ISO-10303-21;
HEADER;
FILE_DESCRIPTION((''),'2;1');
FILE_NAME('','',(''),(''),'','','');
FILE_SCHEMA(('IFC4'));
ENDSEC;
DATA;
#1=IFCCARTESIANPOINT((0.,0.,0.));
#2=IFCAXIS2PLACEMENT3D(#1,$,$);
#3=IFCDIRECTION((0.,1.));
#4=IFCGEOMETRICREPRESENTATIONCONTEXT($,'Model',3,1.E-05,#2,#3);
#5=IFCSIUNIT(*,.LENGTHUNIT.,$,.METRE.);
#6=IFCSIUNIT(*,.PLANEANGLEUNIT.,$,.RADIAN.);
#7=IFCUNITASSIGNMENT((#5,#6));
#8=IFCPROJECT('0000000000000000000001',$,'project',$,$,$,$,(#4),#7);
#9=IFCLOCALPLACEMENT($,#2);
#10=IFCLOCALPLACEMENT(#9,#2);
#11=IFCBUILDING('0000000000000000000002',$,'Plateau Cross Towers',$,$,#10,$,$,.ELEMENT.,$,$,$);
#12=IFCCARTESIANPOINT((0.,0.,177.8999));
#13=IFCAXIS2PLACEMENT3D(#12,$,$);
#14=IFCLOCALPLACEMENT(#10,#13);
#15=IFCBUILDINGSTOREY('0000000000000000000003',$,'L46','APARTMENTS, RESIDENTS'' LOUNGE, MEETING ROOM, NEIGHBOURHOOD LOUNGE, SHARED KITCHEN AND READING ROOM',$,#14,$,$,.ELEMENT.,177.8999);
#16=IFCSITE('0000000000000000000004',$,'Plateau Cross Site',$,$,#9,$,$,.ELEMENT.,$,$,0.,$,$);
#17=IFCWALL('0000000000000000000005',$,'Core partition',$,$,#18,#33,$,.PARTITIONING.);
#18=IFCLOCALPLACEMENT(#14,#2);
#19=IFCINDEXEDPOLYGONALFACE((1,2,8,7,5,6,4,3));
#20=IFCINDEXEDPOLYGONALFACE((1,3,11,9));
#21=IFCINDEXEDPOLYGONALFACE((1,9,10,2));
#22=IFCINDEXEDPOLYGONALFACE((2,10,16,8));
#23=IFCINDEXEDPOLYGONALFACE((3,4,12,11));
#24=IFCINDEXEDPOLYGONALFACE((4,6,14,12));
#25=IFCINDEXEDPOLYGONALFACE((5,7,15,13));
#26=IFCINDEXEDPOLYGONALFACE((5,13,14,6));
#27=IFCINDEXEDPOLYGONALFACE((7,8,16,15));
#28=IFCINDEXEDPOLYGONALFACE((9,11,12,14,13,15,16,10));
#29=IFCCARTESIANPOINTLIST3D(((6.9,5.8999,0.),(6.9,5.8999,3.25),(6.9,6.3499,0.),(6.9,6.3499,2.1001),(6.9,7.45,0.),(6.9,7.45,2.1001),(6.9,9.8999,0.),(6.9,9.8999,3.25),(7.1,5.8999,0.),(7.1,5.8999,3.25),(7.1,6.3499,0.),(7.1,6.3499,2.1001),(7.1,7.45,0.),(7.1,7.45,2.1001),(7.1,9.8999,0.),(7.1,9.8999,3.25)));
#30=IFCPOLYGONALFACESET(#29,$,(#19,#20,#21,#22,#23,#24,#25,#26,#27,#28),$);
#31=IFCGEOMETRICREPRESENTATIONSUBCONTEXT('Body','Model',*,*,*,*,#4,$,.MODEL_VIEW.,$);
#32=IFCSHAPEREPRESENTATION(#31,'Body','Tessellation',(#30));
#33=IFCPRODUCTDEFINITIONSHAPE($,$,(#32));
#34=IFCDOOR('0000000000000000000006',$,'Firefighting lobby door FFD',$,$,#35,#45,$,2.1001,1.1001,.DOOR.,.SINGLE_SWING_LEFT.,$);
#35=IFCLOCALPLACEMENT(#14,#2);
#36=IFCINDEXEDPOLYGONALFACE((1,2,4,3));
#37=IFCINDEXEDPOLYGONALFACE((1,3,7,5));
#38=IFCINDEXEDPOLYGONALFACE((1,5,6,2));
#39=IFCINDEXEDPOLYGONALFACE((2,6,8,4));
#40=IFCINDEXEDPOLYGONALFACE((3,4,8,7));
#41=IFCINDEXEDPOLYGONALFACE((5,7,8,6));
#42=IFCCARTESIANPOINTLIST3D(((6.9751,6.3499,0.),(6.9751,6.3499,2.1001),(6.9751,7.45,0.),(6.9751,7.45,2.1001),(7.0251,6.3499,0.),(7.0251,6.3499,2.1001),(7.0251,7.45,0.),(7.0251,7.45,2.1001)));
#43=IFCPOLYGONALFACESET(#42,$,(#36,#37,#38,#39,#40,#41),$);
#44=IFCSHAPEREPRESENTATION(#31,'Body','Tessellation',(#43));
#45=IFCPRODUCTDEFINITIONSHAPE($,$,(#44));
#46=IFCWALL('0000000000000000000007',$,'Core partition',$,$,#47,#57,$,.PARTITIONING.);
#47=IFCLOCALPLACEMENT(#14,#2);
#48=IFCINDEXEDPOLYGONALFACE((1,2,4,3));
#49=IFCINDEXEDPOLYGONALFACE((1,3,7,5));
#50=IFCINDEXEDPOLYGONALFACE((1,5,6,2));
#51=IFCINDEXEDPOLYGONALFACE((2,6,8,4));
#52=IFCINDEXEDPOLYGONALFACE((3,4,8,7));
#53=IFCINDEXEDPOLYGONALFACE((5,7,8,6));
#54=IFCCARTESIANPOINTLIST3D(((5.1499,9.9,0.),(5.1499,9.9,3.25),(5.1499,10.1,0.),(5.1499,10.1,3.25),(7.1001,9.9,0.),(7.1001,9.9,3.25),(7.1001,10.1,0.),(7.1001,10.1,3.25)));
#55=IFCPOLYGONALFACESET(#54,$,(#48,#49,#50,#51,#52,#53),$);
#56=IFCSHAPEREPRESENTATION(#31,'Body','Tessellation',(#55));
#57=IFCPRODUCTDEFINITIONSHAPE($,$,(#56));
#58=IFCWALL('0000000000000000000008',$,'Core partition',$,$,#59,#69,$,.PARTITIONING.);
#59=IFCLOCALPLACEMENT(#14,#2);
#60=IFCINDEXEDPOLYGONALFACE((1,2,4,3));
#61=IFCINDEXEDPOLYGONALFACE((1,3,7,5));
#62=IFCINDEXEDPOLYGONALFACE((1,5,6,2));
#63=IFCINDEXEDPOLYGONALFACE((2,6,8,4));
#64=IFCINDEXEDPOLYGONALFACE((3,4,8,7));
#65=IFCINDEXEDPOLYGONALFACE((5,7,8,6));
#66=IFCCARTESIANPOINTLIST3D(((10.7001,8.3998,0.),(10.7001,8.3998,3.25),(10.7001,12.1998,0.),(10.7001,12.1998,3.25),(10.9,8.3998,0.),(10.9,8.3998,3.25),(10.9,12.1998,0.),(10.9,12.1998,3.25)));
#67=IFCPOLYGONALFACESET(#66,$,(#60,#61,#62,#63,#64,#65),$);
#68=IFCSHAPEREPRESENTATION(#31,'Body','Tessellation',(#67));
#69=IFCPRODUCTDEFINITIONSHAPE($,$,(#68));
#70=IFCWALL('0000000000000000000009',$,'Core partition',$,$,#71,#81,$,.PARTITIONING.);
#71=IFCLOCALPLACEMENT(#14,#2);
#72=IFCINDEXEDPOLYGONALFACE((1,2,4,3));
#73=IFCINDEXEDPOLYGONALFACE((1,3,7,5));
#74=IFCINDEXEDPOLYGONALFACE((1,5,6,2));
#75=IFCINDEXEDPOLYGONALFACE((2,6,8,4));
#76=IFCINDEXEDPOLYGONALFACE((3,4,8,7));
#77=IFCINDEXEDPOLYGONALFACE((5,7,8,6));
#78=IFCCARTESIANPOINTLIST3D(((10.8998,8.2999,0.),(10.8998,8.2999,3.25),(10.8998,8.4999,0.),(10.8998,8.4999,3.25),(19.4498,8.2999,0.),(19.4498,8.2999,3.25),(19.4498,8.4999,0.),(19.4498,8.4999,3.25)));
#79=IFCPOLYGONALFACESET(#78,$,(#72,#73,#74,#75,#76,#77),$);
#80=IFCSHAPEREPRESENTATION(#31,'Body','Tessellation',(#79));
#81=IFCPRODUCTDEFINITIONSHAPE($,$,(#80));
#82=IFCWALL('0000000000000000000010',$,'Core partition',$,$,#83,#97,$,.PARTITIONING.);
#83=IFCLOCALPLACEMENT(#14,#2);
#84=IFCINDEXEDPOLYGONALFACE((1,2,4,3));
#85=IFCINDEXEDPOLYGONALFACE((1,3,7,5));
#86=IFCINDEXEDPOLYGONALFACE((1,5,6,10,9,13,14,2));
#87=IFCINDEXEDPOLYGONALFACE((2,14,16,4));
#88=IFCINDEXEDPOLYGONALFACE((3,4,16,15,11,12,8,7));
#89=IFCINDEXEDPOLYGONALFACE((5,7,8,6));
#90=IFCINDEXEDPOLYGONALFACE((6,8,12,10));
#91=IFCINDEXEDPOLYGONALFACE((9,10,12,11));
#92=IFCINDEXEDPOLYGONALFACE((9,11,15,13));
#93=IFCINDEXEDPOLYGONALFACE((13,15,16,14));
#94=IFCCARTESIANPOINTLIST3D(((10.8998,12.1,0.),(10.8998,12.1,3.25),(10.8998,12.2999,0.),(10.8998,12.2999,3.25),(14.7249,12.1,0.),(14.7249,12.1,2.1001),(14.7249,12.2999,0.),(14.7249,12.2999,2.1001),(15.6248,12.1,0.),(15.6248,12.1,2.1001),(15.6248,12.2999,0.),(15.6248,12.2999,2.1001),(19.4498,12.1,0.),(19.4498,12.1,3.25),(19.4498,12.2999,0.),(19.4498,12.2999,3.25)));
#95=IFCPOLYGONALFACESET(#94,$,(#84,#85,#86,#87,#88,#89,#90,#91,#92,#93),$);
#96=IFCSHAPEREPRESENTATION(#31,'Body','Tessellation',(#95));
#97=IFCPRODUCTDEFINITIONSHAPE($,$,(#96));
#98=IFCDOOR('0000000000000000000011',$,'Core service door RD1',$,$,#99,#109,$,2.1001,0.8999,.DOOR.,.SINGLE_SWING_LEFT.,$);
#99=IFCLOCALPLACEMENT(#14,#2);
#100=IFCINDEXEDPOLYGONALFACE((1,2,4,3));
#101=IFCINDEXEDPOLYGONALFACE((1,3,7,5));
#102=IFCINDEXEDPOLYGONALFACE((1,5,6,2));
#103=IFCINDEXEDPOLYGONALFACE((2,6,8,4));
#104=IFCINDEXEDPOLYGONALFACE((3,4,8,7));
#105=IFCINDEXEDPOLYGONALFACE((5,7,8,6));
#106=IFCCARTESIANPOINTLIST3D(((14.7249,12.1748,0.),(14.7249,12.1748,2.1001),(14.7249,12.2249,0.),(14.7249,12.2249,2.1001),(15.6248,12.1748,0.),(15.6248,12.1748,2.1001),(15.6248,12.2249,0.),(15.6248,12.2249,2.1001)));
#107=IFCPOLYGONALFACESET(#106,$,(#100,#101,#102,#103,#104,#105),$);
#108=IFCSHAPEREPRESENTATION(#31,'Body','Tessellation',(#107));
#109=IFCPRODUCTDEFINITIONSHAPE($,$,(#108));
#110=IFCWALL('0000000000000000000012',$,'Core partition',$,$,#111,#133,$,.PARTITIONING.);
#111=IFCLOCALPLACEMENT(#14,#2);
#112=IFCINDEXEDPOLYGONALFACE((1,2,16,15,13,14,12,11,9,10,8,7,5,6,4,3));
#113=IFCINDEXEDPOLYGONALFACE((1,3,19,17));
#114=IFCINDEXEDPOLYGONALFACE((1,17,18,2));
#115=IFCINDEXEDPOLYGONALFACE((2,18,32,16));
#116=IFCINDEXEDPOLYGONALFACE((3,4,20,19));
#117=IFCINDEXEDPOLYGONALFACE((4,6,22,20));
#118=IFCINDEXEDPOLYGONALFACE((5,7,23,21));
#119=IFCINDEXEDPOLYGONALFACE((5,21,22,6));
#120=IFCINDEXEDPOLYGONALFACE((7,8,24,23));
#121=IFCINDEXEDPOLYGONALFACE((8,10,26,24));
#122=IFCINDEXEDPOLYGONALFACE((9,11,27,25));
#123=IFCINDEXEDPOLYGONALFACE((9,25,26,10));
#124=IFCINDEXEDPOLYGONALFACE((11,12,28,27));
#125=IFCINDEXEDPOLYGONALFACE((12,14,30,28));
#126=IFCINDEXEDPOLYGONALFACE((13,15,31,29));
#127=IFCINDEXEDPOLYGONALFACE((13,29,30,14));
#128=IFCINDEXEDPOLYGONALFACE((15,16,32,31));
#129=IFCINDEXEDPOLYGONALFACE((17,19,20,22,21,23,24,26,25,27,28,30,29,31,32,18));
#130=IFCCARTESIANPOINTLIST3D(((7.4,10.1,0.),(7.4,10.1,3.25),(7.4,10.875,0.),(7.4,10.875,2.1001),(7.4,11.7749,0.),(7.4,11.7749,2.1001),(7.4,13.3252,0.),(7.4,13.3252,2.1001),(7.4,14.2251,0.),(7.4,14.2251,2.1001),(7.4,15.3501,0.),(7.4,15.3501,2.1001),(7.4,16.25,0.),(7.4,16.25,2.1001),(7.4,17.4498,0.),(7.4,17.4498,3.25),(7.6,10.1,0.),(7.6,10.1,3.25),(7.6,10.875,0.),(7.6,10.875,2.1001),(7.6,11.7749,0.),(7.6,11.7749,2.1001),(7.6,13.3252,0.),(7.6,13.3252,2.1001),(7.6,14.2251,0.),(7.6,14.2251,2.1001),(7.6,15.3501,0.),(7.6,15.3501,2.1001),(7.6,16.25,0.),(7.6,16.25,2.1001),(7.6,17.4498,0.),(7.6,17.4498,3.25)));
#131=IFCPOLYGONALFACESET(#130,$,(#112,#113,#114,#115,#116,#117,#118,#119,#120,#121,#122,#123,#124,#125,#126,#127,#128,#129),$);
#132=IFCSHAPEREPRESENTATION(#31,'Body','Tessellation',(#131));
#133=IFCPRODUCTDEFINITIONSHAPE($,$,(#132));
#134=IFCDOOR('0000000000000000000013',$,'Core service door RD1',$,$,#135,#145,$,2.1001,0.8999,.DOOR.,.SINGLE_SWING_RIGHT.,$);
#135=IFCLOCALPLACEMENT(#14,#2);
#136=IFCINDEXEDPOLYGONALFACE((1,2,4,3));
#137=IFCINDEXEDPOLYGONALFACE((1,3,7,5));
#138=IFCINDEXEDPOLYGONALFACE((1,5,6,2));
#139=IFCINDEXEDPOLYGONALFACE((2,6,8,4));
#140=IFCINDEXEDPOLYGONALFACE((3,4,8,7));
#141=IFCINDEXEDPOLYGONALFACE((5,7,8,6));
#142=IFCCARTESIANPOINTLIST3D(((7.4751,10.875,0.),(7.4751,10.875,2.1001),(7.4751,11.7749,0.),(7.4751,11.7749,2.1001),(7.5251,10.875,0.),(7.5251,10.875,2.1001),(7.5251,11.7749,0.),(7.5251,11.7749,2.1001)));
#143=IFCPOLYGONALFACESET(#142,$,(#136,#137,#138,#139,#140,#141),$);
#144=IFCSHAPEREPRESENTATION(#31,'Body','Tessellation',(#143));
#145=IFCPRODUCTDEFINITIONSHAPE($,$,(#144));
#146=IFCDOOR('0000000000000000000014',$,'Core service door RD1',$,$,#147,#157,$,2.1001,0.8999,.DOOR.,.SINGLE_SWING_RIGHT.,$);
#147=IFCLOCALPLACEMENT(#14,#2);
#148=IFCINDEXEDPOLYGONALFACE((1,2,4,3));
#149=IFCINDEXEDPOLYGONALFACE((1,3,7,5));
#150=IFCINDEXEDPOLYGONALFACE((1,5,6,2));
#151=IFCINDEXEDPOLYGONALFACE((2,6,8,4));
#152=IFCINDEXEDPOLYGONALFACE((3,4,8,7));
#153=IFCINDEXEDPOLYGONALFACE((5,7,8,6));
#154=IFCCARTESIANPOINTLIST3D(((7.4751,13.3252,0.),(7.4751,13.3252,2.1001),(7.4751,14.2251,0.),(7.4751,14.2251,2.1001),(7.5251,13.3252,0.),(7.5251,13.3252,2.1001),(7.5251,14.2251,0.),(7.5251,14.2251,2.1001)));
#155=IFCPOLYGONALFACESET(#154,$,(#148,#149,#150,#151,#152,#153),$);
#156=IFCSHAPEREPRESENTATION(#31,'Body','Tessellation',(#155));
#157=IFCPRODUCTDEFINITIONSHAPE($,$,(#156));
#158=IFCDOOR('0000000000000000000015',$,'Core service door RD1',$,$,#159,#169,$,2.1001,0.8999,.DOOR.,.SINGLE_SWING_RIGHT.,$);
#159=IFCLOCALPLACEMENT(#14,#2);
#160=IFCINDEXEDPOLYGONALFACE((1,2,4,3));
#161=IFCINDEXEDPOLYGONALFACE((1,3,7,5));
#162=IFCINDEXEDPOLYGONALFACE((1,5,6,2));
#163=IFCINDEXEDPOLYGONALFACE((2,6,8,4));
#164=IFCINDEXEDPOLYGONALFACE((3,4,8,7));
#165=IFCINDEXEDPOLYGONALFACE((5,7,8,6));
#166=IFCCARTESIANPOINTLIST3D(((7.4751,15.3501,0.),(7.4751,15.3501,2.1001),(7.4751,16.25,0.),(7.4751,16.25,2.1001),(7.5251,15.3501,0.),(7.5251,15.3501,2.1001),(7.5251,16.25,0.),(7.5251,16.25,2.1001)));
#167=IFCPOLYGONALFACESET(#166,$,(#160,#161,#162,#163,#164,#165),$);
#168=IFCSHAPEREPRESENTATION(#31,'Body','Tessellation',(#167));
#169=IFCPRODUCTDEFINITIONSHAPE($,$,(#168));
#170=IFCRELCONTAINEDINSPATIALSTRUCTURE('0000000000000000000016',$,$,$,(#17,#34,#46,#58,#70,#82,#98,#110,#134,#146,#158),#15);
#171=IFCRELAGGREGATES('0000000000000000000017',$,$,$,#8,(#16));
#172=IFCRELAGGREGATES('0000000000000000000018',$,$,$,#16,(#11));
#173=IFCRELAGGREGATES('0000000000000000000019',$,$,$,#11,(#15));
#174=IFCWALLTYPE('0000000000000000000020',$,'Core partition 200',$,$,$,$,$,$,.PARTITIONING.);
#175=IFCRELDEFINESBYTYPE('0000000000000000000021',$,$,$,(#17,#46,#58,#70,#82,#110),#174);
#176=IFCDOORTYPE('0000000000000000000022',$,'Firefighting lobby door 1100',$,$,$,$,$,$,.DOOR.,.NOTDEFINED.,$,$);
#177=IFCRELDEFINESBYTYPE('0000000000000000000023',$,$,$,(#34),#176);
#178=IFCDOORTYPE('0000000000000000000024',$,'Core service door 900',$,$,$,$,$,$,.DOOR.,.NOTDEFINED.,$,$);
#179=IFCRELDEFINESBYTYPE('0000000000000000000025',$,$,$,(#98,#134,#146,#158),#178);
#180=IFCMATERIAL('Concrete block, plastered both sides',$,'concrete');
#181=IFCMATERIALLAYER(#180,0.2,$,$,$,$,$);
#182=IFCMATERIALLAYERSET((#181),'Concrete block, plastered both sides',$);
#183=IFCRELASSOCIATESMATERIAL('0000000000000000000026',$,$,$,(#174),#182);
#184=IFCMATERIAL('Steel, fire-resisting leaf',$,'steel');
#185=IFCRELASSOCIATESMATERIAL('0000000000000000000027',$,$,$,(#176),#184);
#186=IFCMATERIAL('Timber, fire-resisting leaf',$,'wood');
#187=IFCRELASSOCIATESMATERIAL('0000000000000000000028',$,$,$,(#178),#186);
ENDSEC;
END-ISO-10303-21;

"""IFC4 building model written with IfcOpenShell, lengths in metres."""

from ifc_helpers import new_model, si_unit, direction, frame, frame_2d, origin, place, context, subcontext, project, spatial, rectangle, extrude, material, layer, layer_set, type_object, element, fill, save


model = new_model("IFC4")

# Units and contexts
model_context = context("Model", 3, precision=1e-05, world=origin(), true_north=direction((0.0, 1.0)))
body_context = subcontext(model_context, "Body", "Model", "MODEL_VIEW")
ifc_project = project(units=[si_unit("LENGTHUNIT", "METRE"), si_unit("PLANEANGLEUNIT", "RADIAN")], contexts=[model_context])

# Site, building, storey
site_placement = place(None, origin())
site = spatial("IfcSite", under=ifc_project, at=site_placement, Name="Plateau Cross Site", CompositionType="ELEMENT", RefElevation=0.0)
building_placement = place(site_placement, origin())
building = spatial("IfcBuilding", under=site, at=building_placement, Name="Plateau Cross Towers", CompositionType="ELEMENT")
storey_placement = place(building_placement, frame((0.0, 0.0, 177.8999)))
storey = spatial("IfcBuildingStorey", under=building, at=storey_placement, Name="L46", Description="APARTMENTS, RESIDENTS' LOUNGE, MEETING ROOM, NEIGHBOURHOOD LOUNGE, SHARED KITCHEN AND READING ROOM", CompositionType="ELEMENT", Elevation=177.8999)

# Wall, opening, door
ifc_material_1 = material(Name="Concrete block, plastered both sides", Category="concrete")
ifc_layer_1 = layer(ifc_material_1, 0.2)
ifc_layer_set_1 = layer_set([ifc_layer_1], Name="Concrete block, plastered both sides")
wall_type_1 = type_object("IfcWallType", Name="Core partition 200", PredefinedType="PARTITIONING", material=ifc_layer_set_1)
wall_1_placement = place(storey_placement, frame((7.0, 5.8999, 0.0), z_axis=(0.0, 0.0, 1.0), x_axis=(0.0, 1.0, 0.0)))
wall_1 = element("IfcWall", 1, at=wall_1_placement, inside=storey, type_object=wall_type_1, Name="Core partition", PredefinedType="PARTITIONING", context=body_context, shape_type="SweptSolid", body=[
    extrude(rectangle(XDim=4.0, YDim=0.2, at=frame_2d((2.0, 0.0))), origin(), (0.0, 0.0, 1.0), 3.25),
])
opening_1_placement = place(wall_1_placement, frame((0.45, 0.0, 0.0)))
opening_1 = element("IfcOpeningElement", 2, at=opening_1_placement, cuts=wall_1, PredefinedType="OPENING", context=body_context, shape_type="SweptSolid", body=[
    extrude(rectangle(XDim=1.1001, YDim=2.1001, at=frame_2d((0.55, 1.05))), frame((0.0, 0.1099, 0.0), z_axis=(0.0, -1.0, 0.0), x_axis=(1.0, 0.0, 0.0)), (0.0, 0.0, 1.0), 0.22),
])
ifc_material_2 = material(Name="Steel, fire-resisting leaf", Category="steel")
door_type_1 = type_object("IfcDoorType", Name="Firefighting lobby door 1100", OperationType="NOTDEFINED", PredefinedType="DOOR", material=ifc_material_2)
door_1_placement = place(opening_1_placement, origin())
door_1 = element("IfcDoor", 3, at=door_1_placement, inside=storey, type_object=door_type_1, Name="Firefighting lobby door FFD", OperationType="SINGLE_SWING_LEFT", OverallHeight=2.1001, OverallWidth=1.1001, PredefinedType="DOOR", context=body_context, shape_type="SweptSolid", body=[
    extrude(rectangle(XDim=1.1001, YDim=2.1001, at=frame_2d((0.55, 1.05))), frame((0.0, 0.0249, 0.0), z_axis=(0.0, -1.0, 0.0), x_axis=(1.0, 0.0, 0.0)), (0.0, 0.0, 1.0), 0.05),
])
fill(opening_1, door_1)

# Walls
wall_2_placement = place(storey_placement, frame((5.1499, 10.0, 0.0), z_axis=(0.0, 0.0, 1.0), x_axis=(1.0, 0.0, 0.0)))
element("IfcWall", 4, at=wall_2_placement, inside=storey, type_object=wall_type_1, Name="Core partition", PredefinedType="PARTITIONING", context=body_context, shape_type="SweptSolid", body=[
    extrude(rectangle(XDim=1.9502, YDim=0.2, at=frame_2d((0.9751, 0.0))), origin(), (0.0, 0.0, 1.0), 3.25),
])
wall_3_placement = place(storey_placement, frame((10.8, 8.3999, 0.0), z_axis=(0.0, 0.0, 1.0), x_axis=(0.0, 1.0, 0.0)))
element("IfcWall", 5, at=wall_3_placement, inside=storey, type_object=wall_type_1, Name="Core partition", PredefinedType="PARTITIONING", context=body_context, shape_type="SweptSolid", body=[
    extrude(rectangle(XDim=3.8, YDim=0.2, at=frame_2d((1.8999, 0.0))), origin(), (0.0, 0.0, 1.0), 3.25),
])
wall_4_placement = place(storey_placement, frame((10.8999, 8.3999, 0.0), z_axis=(0.0, 0.0, 1.0), x_axis=(1.0, 0.0, 0.0)))
element("IfcWall", 6, at=wall_4_placement, inside=storey, type_object=wall_type_1, Name="Core partition", PredefinedType="PARTITIONING", context=body_context, shape_type="SweptSolid", body=[
    extrude(rectangle(XDim=8.55, YDim=0.2, at=frame_2d((4.2749, 0.0))), origin(), (0.0, 0.0, 1.0), 3.25),
])

# Wall, opening, door
wall_5_placement = place(storey_placement, frame((10.8999, 12.2, 0.0), z_axis=(0.0, 0.0, 1.0), x_axis=(1.0, 0.0, 0.0)))
wall_5 = element("IfcWall", 7, at=wall_5_placement, inside=storey, type_object=wall_type_1, Name="Core partition", PredefinedType="PARTITIONING", context=body_context, shape_type="SweptSolid", body=[
    extrude(rectangle(XDim=8.55, YDim=0.2, at=frame_2d((4.2749, 0.0))), origin(), (0.0, 0.0, 1.0), 3.25),
])
opening_2_placement = place(wall_5_placement, frame((3.825, 0.0, 0.0)))
opening_2 = element("IfcOpeningElement", 8, at=opening_2_placement, cuts=wall_5, PredefinedType="OPENING", context=body_context, shape_type="SweptSolid", body=[
    extrude(rectangle(XDim=0.8999, YDim=2.1001, at=frame_2d((0.45, 1.05))), frame((0.0, 0.1099, 0.0), z_axis=(0.0, -1.0, 0.0), x_axis=(1.0, 0.0, 0.0)), (0.0, 0.0, 1.0), 0.22),
])
ifc_material_3 = material(Name="Timber, fire-resisting leaf", Category="wood")
door_type_2 = type_object("IfcDoorType", Name="Core service door 900", OperationType="NOTDEFINED", PredefinedType="DOOR", material=ifc_material_3)
door_2_placement = place(opening_2_placement, origin())
door_2 = element("IfcDoor", 9, at=door_2_placement, inside=storey, type_object=door_type_2, Name="Core service door RD1", OperationType="SINGLE_SWING_LEFT", OverallHeight=2.1001, OverallWidth=0.8999, PredefinedType="DOOR", context=body_context, shape_type="SweptSolid", body=[
    extrude(rectangle(XDim=0.8999, YDim=2.1001, at=frame_2d((0.45, 1.05))), frame((0.0, 0.0249, 0.0), z_axis=(0.0, -1.0, 0.0), x_axis=(1.0, 0.0, 0.0)), (0.0, 0.0, 1.0), 0.05),
])
fill(opening_2, door_2)

# Wall, openings, doors
wall_6_placement = place(storey_placement, frame((7.5, 10.1001, 0.0), z_axis=(0.0, 0.0, 1.0), x_axis=(0.0, 1.0, 0.0)))
wall_6 = element("IfcWall", 10, at=wall_6_placement, inside=storey, type_object=wall_type_1, Name="Core partition", PredefinedType="PARTITIONING", context=body_context, shape_type="SweptSolid", body=[
    extrude(rectangle(XDim=7.3499, YDim=0.2, at=frame_2d((3.6748, 0.0))), origin(), (0.0, 0.0, 1.0), 3.25),
])
opening_3_placement = place(wall_6_placement, frame((0.7749, 0.0, 0.0)))
opening_3 = element("IfcOpeningElement", 11, at=opening_3_placement, cuts=wall_6, PredefinedType="OPENING", context=body_context, shape_type="SweptSolid", body=[
    extrude(rectangle(XDim=0.8999, YDim=2.1001, at=frame_2d((0.45, 1.05))), frame((0.0, 0.1099, 0.0), z_axis=(0.0, -1.0, 0.0), x_axis=(1.0, 0.0, 0.0)), (0.0, 0.0, 1.0), 0.22),
])
opening_4_placement = place(wall_6_placement, frame((3.2251, 0.0, 0.0)))
opening_4 = element("IfcOpeningElement", 12, at=opening_4_placement, cuts=wall_6, PredefinedType="OPENING", context=body_context, shape_type="SweptSolid", body=[
    extrude(rectangle(XDim=0.8999, YDim=2.1001, at=frame_2d((0.45, 1.05))), frame((0.0, 0.1099, 0.0), z_axis=(0.0, -1.0, 0.0), x_axis=(1.0, 0.0, 0.0)), (0.0, 0.0, 1.0), 0.22),
])
opening_5_placement = place(wall_6_placement, frame((5.25, 0.0, 0.0)))
opening_5 = element("IfcOpeningElement", 13, at=opening_5_placement, cuts=wall_6, PredefinedType="OPENING", context=body_context, shape_type="SweptSolid", body=[
    extrude(rectangle(XDim=0.8999, YDim=2.1001, at=frame_2d((0.45, 1.05))), frame((0.0, 0.1099, 0.0), z_axis=(0.0, -1.0, 0.0), x_axis=(1.0, 0.0, 0.0)), (0.0, 0.0, 1.0), 0.22),
])
door_3_placement = place(opening_3_placement, origin())
door_3 = element("IfcDoor", 14, at=door_3_placement, inside=storey, type_object=door_type_2, Name="Core service door RD1", OperationType="SINGLE_SWING_RIGHT", OverallHeight=2.1001, OverallWidth=0.8999, PredefinedType="DOOR", context=body_context, shape_type="SweptSolid", body=[
    extrude(rectangle(XDim=0.8999, YDim=2.1001, at=frame_2d((0.45, 1.05))), frame((0.0, 0.0249, 0.0), z_axis=(0.0, -1.0, 0.0), x_axis=(1.0, 0.0, 0.0)), (0.0, 0.0, 1.0), 0.05),
])
fill(opening_3, door_3)
door_4_placement = place(opening_4_placement, origin())
door_4 = element("IfcDoor", 15, at=door_4_placement, inside=storey, type_object=door_type_2, Name="Core service door RD1", OperationType="SINGLE_SWING_RIGHT", OverallHeight=2.1001, OverallWidth=0.8999, PredefinedType="DOOR", context=body_context, shape_type="SweptSolid", body=[
    extrude(rectangle(XDim=0.8999, YDim=2.1001, at=frame_2d((0.45, 1.05))), frame((0.0, 0.0249, 0.0), z_axis=(0.0, -1.0, 0.0), x_axis=(1.0, 0.0, 0.0)), (0.0, 0.0, 1.0), 0.05),
])
fill(opening_4, door_4)
door_5_placement = place(opening_5_placement, origin())
door_5 = element("IfcDoor", 16, at=door_5_placement, inside=storey, type_object=door_type_2, Name="Core service door RD1", OperationType="SINGLE_SWING_RIGHT", OverallHeight=2.1001, OverallWidth=0.8999, PredefinedType="DOOR", context=body_context, shape_type="SweptSolid", body=[
    extrude(rectangle(XDim=0.8999, YDim=2.1001, at=frame_2d((0.45, 1.05))), frame((0.0, 0.0249, 0.0), z_axis=(0.0, -1.0, 0.0), x_axis=(1.0, 0.0, 0.0)), (0.0, 0.0, 1.0), 0.05),
])
fill(opening_5, door_5)

save(model, "model.ifc")
